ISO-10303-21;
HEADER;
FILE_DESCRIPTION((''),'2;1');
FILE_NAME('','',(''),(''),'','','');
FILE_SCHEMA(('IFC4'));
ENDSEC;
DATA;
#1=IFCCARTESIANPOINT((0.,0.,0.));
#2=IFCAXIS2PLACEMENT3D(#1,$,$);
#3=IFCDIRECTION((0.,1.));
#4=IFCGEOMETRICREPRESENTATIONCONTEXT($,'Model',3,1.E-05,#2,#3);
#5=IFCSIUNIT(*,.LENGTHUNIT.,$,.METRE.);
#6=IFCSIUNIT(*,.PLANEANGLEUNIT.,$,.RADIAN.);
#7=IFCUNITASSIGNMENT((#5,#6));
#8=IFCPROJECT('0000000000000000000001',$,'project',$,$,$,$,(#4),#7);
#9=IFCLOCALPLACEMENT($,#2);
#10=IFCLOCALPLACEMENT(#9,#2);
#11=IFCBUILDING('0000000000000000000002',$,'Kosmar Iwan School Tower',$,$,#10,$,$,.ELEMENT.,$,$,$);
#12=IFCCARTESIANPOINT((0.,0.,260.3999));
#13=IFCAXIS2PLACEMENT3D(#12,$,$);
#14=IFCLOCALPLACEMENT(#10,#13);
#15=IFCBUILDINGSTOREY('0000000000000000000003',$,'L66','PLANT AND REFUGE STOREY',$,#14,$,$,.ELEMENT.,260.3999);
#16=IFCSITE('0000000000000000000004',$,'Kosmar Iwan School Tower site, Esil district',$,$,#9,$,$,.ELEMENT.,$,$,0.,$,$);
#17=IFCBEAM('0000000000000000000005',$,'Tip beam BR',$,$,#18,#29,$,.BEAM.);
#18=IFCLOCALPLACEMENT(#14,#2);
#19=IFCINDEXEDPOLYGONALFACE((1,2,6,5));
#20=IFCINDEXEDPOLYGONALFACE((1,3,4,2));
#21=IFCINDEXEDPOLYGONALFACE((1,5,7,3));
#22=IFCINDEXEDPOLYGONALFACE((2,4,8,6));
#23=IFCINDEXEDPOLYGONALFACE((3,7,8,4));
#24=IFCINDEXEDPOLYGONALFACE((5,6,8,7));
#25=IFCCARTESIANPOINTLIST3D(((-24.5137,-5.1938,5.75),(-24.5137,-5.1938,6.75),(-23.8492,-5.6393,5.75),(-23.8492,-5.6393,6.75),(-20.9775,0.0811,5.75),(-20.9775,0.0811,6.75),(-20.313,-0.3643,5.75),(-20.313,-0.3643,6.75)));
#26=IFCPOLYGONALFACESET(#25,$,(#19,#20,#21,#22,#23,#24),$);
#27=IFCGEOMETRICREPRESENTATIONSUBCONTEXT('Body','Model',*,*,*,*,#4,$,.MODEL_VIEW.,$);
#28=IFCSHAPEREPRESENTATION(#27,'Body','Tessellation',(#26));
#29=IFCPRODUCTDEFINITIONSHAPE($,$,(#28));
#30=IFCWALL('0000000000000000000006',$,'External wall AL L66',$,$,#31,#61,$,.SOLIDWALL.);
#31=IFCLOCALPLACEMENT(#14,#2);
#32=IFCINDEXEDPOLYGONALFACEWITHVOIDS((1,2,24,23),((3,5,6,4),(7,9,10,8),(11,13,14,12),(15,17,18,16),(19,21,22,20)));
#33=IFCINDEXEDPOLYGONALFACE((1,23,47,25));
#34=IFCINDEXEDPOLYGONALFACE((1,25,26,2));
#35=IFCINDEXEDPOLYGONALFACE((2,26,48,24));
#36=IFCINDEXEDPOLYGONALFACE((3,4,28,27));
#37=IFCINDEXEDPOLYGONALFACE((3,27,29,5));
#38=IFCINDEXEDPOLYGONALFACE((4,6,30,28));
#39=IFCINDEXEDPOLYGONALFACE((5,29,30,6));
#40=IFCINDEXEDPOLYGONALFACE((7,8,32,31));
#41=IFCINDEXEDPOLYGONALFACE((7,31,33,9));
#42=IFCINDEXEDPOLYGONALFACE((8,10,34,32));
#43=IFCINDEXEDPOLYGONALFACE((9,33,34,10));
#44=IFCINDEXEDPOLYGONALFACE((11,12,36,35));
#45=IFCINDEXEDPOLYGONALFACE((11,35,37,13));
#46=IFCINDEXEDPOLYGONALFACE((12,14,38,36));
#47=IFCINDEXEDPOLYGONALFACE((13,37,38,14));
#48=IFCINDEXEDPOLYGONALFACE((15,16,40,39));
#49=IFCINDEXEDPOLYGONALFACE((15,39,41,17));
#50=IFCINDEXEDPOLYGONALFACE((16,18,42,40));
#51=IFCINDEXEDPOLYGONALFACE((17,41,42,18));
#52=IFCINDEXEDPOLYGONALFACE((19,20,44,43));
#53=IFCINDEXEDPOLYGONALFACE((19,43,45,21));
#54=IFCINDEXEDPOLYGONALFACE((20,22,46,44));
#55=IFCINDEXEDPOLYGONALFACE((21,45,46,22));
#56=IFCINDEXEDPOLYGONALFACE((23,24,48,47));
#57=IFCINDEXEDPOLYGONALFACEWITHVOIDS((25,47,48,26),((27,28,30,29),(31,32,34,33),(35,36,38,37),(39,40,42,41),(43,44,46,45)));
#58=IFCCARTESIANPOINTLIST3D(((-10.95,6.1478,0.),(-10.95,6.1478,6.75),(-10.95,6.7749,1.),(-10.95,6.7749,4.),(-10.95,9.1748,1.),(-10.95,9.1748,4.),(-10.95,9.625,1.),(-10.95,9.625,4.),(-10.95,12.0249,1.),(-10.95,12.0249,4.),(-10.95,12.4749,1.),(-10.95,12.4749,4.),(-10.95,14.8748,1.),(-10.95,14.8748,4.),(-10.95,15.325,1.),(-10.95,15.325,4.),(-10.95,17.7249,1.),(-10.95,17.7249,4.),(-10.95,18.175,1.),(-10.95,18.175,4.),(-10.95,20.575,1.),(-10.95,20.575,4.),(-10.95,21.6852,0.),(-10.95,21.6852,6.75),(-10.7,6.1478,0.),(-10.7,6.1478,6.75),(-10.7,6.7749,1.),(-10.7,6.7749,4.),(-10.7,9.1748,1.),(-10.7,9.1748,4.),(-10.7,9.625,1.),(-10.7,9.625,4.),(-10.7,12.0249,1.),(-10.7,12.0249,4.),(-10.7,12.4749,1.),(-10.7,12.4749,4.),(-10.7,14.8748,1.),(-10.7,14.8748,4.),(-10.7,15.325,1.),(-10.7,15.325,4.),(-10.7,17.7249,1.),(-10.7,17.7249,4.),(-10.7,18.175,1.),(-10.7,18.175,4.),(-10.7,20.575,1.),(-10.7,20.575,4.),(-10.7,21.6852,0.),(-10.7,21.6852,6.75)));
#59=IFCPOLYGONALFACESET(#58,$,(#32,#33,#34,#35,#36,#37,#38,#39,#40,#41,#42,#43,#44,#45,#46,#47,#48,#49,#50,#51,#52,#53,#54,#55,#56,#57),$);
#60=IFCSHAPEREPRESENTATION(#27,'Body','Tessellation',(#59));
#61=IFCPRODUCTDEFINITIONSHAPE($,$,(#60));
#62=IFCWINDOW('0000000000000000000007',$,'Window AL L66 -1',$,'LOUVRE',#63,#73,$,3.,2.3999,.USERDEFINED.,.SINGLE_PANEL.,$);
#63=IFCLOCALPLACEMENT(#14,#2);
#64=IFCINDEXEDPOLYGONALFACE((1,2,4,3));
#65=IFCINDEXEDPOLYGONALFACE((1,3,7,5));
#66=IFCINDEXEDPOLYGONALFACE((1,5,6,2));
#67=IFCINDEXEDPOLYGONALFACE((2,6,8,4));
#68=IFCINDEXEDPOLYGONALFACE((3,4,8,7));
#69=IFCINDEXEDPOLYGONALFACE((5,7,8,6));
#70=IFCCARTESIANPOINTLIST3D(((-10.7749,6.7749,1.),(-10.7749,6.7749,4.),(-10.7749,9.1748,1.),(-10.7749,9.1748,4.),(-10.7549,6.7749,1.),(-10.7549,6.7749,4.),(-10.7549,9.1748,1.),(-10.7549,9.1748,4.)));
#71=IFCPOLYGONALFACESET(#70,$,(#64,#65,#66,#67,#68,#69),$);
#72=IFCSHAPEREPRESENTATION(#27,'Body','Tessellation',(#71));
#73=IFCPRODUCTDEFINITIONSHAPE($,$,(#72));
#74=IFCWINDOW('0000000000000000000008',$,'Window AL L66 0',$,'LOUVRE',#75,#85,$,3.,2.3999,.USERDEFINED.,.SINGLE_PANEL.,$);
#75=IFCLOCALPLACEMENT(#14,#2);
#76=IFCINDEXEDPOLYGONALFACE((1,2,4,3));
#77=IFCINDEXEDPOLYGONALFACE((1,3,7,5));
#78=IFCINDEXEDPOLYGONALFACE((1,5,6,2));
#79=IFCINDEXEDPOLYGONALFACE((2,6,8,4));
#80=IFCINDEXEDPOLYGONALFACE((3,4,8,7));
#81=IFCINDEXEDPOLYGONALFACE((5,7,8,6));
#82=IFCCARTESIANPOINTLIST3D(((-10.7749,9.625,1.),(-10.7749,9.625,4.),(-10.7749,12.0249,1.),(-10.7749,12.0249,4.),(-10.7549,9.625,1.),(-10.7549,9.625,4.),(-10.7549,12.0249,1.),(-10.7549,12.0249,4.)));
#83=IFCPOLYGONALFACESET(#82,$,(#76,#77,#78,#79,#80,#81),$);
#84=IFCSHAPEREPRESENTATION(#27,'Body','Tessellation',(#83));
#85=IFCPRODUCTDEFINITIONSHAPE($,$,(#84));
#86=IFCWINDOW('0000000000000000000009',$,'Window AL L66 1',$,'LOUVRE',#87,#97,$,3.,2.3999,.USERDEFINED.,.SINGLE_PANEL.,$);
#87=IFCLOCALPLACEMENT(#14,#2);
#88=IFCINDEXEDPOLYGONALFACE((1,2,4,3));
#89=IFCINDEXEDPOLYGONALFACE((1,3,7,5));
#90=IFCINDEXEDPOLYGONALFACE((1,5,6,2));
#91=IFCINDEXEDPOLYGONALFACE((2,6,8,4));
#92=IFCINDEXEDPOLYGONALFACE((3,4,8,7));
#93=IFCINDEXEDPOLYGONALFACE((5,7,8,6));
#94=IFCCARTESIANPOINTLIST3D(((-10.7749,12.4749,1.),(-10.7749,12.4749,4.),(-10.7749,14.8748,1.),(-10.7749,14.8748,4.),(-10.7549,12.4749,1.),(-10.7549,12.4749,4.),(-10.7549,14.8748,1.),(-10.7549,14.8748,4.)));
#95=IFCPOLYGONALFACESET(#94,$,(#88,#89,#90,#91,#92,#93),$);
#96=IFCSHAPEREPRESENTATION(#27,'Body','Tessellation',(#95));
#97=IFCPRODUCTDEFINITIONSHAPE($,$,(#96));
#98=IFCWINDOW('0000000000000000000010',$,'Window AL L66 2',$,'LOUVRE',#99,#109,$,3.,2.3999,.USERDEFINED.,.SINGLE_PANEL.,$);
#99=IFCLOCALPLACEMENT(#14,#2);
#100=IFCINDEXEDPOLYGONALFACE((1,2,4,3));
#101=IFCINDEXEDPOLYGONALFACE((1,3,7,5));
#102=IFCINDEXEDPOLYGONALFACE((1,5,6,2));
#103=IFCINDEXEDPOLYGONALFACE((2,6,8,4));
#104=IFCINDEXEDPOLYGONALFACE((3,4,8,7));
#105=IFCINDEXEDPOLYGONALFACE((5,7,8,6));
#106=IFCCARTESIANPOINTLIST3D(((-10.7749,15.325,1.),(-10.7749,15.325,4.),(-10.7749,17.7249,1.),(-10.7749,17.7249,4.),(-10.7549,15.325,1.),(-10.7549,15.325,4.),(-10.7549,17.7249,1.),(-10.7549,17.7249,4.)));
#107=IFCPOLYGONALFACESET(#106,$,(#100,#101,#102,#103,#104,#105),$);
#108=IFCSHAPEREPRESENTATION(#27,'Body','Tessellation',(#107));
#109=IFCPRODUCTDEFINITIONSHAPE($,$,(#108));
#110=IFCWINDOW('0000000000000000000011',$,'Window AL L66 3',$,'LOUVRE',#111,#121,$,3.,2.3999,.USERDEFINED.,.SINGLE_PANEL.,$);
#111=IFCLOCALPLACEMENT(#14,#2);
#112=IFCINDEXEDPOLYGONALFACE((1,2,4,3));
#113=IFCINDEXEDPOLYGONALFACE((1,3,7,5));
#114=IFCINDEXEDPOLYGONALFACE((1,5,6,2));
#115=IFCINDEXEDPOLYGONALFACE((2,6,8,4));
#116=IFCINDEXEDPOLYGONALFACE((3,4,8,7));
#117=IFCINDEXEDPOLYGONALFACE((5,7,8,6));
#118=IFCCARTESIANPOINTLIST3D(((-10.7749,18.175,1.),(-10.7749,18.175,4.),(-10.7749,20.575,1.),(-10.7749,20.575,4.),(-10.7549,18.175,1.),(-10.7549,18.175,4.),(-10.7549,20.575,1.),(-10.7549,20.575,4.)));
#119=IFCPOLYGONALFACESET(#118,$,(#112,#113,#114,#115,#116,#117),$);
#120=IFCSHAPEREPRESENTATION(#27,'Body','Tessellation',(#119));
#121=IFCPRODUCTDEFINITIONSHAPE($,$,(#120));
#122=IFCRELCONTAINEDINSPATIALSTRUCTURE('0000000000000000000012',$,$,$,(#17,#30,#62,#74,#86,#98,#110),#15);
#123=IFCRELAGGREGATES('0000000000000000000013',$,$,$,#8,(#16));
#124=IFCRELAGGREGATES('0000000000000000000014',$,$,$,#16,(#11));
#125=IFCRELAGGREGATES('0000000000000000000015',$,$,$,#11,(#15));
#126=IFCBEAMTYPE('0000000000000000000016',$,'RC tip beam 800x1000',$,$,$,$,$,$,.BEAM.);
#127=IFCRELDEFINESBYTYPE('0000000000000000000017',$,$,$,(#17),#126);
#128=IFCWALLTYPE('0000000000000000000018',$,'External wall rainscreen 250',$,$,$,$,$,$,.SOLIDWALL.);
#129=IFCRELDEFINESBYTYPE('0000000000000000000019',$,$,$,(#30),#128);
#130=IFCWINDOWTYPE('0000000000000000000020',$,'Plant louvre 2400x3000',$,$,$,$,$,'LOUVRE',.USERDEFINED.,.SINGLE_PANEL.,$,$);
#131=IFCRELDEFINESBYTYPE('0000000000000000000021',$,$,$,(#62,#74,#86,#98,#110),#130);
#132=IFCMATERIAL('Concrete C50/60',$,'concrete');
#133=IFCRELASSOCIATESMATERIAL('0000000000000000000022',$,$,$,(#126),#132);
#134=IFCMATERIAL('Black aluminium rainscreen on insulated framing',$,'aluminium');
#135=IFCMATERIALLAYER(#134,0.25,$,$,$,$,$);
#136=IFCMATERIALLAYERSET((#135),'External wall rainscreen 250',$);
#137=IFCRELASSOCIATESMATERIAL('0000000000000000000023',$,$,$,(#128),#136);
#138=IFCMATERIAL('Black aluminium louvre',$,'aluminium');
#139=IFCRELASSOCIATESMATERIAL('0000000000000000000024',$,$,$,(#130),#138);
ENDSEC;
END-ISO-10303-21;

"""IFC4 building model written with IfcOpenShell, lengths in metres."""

from ifc_helpers import new_model, si_unit, direction, frame, frame_2d, origin, origin_2d, place, context, subcontext, project, spatial, rectangle, extrude, material, layer, layer_set, material_profile, profile_set, type_object, element, fill, save


model = new_model("IFC4")

# Units and contexts
model_context = context("Model", 3, precision=1e-05, world=origin(), true_north=direction((0.0, 1.0)))
body_context = subcontext(model_context, "Body", "Model", "MODEL_VIEW")
ifc_project = project(units=[si_unit("LENGTHUNIT", "METRE"), si_unit("PLANEANGLEUNIT", "RADIAN")], contexts=[model_context])

# Site, building, storey
site_placement = place(None, origin())
site = spatial("IfcSite", under=ifc_project, at=site_placement, Name="Kosmar Iwan School Tower site, Esil district", CompositionType="ELEMENT", RefElevation=0.0)
building_placement = place(site_placement, origin())
building = spatial("IfcBuilding", under=site, at=building_placement, Name="Kosmar Iwan School Tower", CompositionType="ELEMENT")
storey_placement = place(building_placement, frame((0.0, 0.0, 260.3999)))
storey = spatial("IfcBuildingStorey", under=building, at=storey_placement, Name="L66", Description="PLANT AND REFUGE STOREY", CompositionType="ELEMENT", Elevation=260.3999)

# Beam
ifc_material_1 = material(Name="Concrete C50/60", Category="concrete")
ifc_material_profile_1 = material_profile(ifc_material_1, rectangle(XDim=0.8, YDim=1.0, at=origin_2d()), Name="RC 800x1000")
ifc_profile_set_1 = profile_set([ifc_material_profile_1], Name="Concrete C50/60")
beam_type_1 = type_object("IfcBeamType", Name="RC tip beam 800x1000", PredefinedType="BEAM", material=ifc_profile_set_1)
beam_1_placement = place(storey_placement, frame((-20.6453, -0.1416, 6.25), z_axis=(-0.556828, -0.830628, 0.0), x_axis=(0.830628, -0.556828, 0.0)))
element("IfcBeam", 1, at=beam_1_placement, inside=storey, type_object=beam_type_1, Name="Tip beam BR", PredefinedType="BEAM", context=body_context, shape_type="SweptSolid", body=[
    extrude(rectangle(XDim=0.8, YDim=1.0, at=origin_2d()), origin(), (0.0, 0.0, 1.0), 6.3506),
])

# Wall, openings, windows
ifc_material_2 = material(Name="Black aluminium rainscreen on insulated framing", Category="aluminium")
ifc_layer_1 = layer(ifc_material_2, 0.25)
ifc_layer_set_1 = layer_set([ifc_layer_1], Name="External wall rainscreen 250")
wall_type_1 = type_object("IfcWallType", Name="External wall rainscreen 250", PredefinedType="SOLIDWALL", material=ifc_layer_set_1)
wall_1_placement = place(storey_placement, frame((-10.825, 6.1479, 0.0), z_axis=(0.0, 0.0, 1.0), x_axis=(0.0, 1.0, 0.0)))
wall_1 = element("IfcWall", 2, at=wall_1_placement, inside=storey, type_object=wall_type_1, Name="External wall AL L66", PredefinedType="SOLIDWALL", context=body_context, shape_type="SweptSolid", body=[
    extrude(rectangle(XDim=15.5374, YDim=0.25, at=frame_2d((7.7686, 0.0))), origin(), (0.0, 0.0, 1.0), 6.75),
])
opening_1_placement = place(wall_1_placement, frame((0.627, 0.0, 1.0)))
opening_1 = element("IfcOpeningElement", 3, at=opening_1_placement, cuts=wall_1, PredefinedType="OPENING", context=body_context, shape_type="SweptSolid", body=[
    extrude(rectangle(XDim=2.3999, YDim=3.0, at=frame_2d((1.2, 1.5))), frame((0.0, 0.137, 0.0), z_axis=(0.0, -1.0, 0.0), x_axis=(1.0, 0.0, 0.0)), (0.0, 0.0, 1.0), 0.2739),
])
opening_2_placement = place(wall_1_placement, frame((3.4771, 0.0, 1.0)))
opening_2 = element("IfcOpeningElement", 4, at=opening_2_placement, cuts=wall_1, PredefinedType="OPENING", context=body_context, shape_type="SweptSolid", body=[
    extrude(rectangle(XDim=2.3999, YDim=3.0, at=frame_2d((1.2, 1.5))), frame((0.0, 0.137, 0.0), z_axis=(0.0, -1.0, 0.0), x_axis=(1.0, 0.0, 0.0)), (0.0, 0.0, 1.0), 0.2739),
])
opening_3_placement = place(wall_1_placement, frame((6.3269, 0.0, 1.0)))
opening_3 = element("IfcOpeningElement", 5, at=opening_3_placement, cuts=wall_1, PredefinedType="OPENING", context=body_context, shape_type="SweptSolid", body=[
    extrude(rectangle(XDim=2.3999, YDim=3.0, at=frame_2d((1.2, 1.5))), frame((0.0, 0.137, 0.0), z_axis=(0.0, -1.0, 0.0), x_axis=(1.0, 0.0, 0.0)), (0.0, 0.0, 1.0), 0.2739),
])
opening_4_placement = place(wall_1_placement, frame((9.177, 0.0, 1.0)))
opening_4 = element("IfcOpeningElement", 6, at=opening_4_placement, cuts=wall_1, PredefinedType="OPENING", context=body_context, shape_type="SweptSolid", body=[
    extrude(rectangle(XDim=2.3999, YDim=3.0, at=frame_2d((1.2, 1.5))), frame((0.0, 0.137, 0.0), z_axis=(0.0, -1.0, 0.0), x_axis=(1.0, 0.0, 0.0)), (0.0, 0.0, 1.0), 0.2739),
])
opening_5_placement = place(wall_1_placement, frame((12.0271, 0.0, 1.0)))
opening_5 = element("IfcOpeningElement", 7, at=opening_5_placement, cuts=wall_1, PredefinedType="OPENING", context=body_context, shape_type="SweptSolid", body=[
    extrude(rectangle(XDim=2.3999, YDim=3.0, at=frame_2d((1.2, 1.5))), frame((0.0, 0.137, 0.0), z_axis=(0.0, -1.0, 0.0), x_axis=(1.0, 0.0, 0.0)), (0.0, 0.0, 1.0), 0.2739),
])
ifc_material_3 = material(Name="Black aluminium louvre", Category="aluminium")
window_type = type_object("IfcWindowType", Name="Plant louvre 2400x3000", ElementType="LOUVRE", PartitioningType="SINGLE_PANEL", PredefinedType="USERDEFINED", material=ifc_material_3)
window_1_placement = place(opening_1_placement, origin())
window_1 = element("IfcWindow", 8, at=window_1_placement, inside=storey, type_object=window_type, Name="Window AL L66 -1", ObjectType="LOUVRE", OverallHeight=3.0, OverallWidth=2.3999, PartitioningType="SINGLE_PANEL", PredefinedType="USERDEFINED", context=body_context, shape_type="SweptSolid", body=[
    extrude(rectangle(XDim=2.3999, YDim=3.0, at=frame_2d((1.2, 1.5))), frame((0.0, -0.05, 0.0), z_axis=(0.0, -1.0, 0.0), x_axis=(1.0, 0.0, 0.0)), (0.0, 0.0, 1.0), 0.02),
])
fill(opening_1, window_1)
window_2_placement = place(opening_2_placement, origin())
window_2 = element("IfcWindow", 9, at=window_2_placement, inside=storey, type_object=window_type, Name="Window AL L66 0", ObjectType="LOUVRE", OverallHeight=3.0, OverallWidth=2.3999, PartitioningType="SINGLE_PANEL", PredefinedType="USERDEFINED", context=body_context, shape_type="SweptSolid", body=[
    extrude(rectangle(XDim=2.3999, YDim=3.0, at=frame_2d((1.2, 1.5))), frame((0.0, -0.05, 0.0), z_axis=(0.0, -1.0, 0.0), x_axis=(1.0, 0.0, 0.0)), (0.0, 0.0, 1.0), 0.02),
])
fill(opening_2, window_2)
window_3_placement = place(opening_3_placement, origin())
window_3 = element("IfcWindow", 10, at=window_3_placement, inside=storey, type_object=window_type, Name="Window AL L66 1", ObjectType="LOUVRE", OverallHeight=3.0, OverallWidth=2.3999, PartitioningType="SINGLE_PANEL", PredefinedType="USERDEFINED", context=body_context, shape_type="SweptSolid", body=[
    extrude(rectangle(XDim=2.3999, YDim=3.0, at=frame_2d((1.2, 1.5))), frame((0.0, -0.05, 0.0), z_axis=(0.0, -1.0, 0.0), x_axis=(1.0, 0.0, 0.0)), (0.0, 0.0, 1.0), 0.02),
])
fill(opening_3, window_3)
window_4_placement = place(opening_4_placement, origin())
window_4 = element("IfcWindow", 11, at=window_4_placement, inside=storey, type_object=window_type, Name="Window AL L66 2", ObjectType="LOUVRE", OverallHeight=3.0, OverallWidth=2.3999, PartitioningType="SINGLE_PANEL", PredefinedType="USERDEFINED", context=body_context, shape_type="SweptSolid", body=[
    extrude(rectangle(XDim=2.3999, YDim=3.0, at=frame_2d((1.2, 1.5))), frame((0.0, -0.05, 0.0), z_axis=(0.0, -1.0, 0.0), x_axis=(1.0, 0.0, 0.0)), (0.0, 0.0, 1.0), 0.02),
])
fill(opening_4, window_4)
window_5_placement = place(opening_5_placement, origin())
window_5 = element("IfcWindow", 12, at=window_5_placement, inside=storey, type_object=window_type, Name="Window AL L66 3", ObjectType="LOUVRE", OverallHeight=3.0, OverallWidth=2.3999, PartitioningType="SINGLE_PANEL", PredefinedType="USERDEFINED", context=body_context, shape_type="SweptSolid", body=[
    extrude(rectangle(XDim=2.3999, YDim=3.0, at=frame_2d((1.2, 1.5))), frame((0.0, -0.05, 0.0), z_axis=(0.0, -1.0, 0.0), x_axis=(1.0, 0.0, 0.0)), (0.0, 0.0, 1.0), 0.02),
])
fill(opening_5, window_5)

save(model, "model.ifc")
